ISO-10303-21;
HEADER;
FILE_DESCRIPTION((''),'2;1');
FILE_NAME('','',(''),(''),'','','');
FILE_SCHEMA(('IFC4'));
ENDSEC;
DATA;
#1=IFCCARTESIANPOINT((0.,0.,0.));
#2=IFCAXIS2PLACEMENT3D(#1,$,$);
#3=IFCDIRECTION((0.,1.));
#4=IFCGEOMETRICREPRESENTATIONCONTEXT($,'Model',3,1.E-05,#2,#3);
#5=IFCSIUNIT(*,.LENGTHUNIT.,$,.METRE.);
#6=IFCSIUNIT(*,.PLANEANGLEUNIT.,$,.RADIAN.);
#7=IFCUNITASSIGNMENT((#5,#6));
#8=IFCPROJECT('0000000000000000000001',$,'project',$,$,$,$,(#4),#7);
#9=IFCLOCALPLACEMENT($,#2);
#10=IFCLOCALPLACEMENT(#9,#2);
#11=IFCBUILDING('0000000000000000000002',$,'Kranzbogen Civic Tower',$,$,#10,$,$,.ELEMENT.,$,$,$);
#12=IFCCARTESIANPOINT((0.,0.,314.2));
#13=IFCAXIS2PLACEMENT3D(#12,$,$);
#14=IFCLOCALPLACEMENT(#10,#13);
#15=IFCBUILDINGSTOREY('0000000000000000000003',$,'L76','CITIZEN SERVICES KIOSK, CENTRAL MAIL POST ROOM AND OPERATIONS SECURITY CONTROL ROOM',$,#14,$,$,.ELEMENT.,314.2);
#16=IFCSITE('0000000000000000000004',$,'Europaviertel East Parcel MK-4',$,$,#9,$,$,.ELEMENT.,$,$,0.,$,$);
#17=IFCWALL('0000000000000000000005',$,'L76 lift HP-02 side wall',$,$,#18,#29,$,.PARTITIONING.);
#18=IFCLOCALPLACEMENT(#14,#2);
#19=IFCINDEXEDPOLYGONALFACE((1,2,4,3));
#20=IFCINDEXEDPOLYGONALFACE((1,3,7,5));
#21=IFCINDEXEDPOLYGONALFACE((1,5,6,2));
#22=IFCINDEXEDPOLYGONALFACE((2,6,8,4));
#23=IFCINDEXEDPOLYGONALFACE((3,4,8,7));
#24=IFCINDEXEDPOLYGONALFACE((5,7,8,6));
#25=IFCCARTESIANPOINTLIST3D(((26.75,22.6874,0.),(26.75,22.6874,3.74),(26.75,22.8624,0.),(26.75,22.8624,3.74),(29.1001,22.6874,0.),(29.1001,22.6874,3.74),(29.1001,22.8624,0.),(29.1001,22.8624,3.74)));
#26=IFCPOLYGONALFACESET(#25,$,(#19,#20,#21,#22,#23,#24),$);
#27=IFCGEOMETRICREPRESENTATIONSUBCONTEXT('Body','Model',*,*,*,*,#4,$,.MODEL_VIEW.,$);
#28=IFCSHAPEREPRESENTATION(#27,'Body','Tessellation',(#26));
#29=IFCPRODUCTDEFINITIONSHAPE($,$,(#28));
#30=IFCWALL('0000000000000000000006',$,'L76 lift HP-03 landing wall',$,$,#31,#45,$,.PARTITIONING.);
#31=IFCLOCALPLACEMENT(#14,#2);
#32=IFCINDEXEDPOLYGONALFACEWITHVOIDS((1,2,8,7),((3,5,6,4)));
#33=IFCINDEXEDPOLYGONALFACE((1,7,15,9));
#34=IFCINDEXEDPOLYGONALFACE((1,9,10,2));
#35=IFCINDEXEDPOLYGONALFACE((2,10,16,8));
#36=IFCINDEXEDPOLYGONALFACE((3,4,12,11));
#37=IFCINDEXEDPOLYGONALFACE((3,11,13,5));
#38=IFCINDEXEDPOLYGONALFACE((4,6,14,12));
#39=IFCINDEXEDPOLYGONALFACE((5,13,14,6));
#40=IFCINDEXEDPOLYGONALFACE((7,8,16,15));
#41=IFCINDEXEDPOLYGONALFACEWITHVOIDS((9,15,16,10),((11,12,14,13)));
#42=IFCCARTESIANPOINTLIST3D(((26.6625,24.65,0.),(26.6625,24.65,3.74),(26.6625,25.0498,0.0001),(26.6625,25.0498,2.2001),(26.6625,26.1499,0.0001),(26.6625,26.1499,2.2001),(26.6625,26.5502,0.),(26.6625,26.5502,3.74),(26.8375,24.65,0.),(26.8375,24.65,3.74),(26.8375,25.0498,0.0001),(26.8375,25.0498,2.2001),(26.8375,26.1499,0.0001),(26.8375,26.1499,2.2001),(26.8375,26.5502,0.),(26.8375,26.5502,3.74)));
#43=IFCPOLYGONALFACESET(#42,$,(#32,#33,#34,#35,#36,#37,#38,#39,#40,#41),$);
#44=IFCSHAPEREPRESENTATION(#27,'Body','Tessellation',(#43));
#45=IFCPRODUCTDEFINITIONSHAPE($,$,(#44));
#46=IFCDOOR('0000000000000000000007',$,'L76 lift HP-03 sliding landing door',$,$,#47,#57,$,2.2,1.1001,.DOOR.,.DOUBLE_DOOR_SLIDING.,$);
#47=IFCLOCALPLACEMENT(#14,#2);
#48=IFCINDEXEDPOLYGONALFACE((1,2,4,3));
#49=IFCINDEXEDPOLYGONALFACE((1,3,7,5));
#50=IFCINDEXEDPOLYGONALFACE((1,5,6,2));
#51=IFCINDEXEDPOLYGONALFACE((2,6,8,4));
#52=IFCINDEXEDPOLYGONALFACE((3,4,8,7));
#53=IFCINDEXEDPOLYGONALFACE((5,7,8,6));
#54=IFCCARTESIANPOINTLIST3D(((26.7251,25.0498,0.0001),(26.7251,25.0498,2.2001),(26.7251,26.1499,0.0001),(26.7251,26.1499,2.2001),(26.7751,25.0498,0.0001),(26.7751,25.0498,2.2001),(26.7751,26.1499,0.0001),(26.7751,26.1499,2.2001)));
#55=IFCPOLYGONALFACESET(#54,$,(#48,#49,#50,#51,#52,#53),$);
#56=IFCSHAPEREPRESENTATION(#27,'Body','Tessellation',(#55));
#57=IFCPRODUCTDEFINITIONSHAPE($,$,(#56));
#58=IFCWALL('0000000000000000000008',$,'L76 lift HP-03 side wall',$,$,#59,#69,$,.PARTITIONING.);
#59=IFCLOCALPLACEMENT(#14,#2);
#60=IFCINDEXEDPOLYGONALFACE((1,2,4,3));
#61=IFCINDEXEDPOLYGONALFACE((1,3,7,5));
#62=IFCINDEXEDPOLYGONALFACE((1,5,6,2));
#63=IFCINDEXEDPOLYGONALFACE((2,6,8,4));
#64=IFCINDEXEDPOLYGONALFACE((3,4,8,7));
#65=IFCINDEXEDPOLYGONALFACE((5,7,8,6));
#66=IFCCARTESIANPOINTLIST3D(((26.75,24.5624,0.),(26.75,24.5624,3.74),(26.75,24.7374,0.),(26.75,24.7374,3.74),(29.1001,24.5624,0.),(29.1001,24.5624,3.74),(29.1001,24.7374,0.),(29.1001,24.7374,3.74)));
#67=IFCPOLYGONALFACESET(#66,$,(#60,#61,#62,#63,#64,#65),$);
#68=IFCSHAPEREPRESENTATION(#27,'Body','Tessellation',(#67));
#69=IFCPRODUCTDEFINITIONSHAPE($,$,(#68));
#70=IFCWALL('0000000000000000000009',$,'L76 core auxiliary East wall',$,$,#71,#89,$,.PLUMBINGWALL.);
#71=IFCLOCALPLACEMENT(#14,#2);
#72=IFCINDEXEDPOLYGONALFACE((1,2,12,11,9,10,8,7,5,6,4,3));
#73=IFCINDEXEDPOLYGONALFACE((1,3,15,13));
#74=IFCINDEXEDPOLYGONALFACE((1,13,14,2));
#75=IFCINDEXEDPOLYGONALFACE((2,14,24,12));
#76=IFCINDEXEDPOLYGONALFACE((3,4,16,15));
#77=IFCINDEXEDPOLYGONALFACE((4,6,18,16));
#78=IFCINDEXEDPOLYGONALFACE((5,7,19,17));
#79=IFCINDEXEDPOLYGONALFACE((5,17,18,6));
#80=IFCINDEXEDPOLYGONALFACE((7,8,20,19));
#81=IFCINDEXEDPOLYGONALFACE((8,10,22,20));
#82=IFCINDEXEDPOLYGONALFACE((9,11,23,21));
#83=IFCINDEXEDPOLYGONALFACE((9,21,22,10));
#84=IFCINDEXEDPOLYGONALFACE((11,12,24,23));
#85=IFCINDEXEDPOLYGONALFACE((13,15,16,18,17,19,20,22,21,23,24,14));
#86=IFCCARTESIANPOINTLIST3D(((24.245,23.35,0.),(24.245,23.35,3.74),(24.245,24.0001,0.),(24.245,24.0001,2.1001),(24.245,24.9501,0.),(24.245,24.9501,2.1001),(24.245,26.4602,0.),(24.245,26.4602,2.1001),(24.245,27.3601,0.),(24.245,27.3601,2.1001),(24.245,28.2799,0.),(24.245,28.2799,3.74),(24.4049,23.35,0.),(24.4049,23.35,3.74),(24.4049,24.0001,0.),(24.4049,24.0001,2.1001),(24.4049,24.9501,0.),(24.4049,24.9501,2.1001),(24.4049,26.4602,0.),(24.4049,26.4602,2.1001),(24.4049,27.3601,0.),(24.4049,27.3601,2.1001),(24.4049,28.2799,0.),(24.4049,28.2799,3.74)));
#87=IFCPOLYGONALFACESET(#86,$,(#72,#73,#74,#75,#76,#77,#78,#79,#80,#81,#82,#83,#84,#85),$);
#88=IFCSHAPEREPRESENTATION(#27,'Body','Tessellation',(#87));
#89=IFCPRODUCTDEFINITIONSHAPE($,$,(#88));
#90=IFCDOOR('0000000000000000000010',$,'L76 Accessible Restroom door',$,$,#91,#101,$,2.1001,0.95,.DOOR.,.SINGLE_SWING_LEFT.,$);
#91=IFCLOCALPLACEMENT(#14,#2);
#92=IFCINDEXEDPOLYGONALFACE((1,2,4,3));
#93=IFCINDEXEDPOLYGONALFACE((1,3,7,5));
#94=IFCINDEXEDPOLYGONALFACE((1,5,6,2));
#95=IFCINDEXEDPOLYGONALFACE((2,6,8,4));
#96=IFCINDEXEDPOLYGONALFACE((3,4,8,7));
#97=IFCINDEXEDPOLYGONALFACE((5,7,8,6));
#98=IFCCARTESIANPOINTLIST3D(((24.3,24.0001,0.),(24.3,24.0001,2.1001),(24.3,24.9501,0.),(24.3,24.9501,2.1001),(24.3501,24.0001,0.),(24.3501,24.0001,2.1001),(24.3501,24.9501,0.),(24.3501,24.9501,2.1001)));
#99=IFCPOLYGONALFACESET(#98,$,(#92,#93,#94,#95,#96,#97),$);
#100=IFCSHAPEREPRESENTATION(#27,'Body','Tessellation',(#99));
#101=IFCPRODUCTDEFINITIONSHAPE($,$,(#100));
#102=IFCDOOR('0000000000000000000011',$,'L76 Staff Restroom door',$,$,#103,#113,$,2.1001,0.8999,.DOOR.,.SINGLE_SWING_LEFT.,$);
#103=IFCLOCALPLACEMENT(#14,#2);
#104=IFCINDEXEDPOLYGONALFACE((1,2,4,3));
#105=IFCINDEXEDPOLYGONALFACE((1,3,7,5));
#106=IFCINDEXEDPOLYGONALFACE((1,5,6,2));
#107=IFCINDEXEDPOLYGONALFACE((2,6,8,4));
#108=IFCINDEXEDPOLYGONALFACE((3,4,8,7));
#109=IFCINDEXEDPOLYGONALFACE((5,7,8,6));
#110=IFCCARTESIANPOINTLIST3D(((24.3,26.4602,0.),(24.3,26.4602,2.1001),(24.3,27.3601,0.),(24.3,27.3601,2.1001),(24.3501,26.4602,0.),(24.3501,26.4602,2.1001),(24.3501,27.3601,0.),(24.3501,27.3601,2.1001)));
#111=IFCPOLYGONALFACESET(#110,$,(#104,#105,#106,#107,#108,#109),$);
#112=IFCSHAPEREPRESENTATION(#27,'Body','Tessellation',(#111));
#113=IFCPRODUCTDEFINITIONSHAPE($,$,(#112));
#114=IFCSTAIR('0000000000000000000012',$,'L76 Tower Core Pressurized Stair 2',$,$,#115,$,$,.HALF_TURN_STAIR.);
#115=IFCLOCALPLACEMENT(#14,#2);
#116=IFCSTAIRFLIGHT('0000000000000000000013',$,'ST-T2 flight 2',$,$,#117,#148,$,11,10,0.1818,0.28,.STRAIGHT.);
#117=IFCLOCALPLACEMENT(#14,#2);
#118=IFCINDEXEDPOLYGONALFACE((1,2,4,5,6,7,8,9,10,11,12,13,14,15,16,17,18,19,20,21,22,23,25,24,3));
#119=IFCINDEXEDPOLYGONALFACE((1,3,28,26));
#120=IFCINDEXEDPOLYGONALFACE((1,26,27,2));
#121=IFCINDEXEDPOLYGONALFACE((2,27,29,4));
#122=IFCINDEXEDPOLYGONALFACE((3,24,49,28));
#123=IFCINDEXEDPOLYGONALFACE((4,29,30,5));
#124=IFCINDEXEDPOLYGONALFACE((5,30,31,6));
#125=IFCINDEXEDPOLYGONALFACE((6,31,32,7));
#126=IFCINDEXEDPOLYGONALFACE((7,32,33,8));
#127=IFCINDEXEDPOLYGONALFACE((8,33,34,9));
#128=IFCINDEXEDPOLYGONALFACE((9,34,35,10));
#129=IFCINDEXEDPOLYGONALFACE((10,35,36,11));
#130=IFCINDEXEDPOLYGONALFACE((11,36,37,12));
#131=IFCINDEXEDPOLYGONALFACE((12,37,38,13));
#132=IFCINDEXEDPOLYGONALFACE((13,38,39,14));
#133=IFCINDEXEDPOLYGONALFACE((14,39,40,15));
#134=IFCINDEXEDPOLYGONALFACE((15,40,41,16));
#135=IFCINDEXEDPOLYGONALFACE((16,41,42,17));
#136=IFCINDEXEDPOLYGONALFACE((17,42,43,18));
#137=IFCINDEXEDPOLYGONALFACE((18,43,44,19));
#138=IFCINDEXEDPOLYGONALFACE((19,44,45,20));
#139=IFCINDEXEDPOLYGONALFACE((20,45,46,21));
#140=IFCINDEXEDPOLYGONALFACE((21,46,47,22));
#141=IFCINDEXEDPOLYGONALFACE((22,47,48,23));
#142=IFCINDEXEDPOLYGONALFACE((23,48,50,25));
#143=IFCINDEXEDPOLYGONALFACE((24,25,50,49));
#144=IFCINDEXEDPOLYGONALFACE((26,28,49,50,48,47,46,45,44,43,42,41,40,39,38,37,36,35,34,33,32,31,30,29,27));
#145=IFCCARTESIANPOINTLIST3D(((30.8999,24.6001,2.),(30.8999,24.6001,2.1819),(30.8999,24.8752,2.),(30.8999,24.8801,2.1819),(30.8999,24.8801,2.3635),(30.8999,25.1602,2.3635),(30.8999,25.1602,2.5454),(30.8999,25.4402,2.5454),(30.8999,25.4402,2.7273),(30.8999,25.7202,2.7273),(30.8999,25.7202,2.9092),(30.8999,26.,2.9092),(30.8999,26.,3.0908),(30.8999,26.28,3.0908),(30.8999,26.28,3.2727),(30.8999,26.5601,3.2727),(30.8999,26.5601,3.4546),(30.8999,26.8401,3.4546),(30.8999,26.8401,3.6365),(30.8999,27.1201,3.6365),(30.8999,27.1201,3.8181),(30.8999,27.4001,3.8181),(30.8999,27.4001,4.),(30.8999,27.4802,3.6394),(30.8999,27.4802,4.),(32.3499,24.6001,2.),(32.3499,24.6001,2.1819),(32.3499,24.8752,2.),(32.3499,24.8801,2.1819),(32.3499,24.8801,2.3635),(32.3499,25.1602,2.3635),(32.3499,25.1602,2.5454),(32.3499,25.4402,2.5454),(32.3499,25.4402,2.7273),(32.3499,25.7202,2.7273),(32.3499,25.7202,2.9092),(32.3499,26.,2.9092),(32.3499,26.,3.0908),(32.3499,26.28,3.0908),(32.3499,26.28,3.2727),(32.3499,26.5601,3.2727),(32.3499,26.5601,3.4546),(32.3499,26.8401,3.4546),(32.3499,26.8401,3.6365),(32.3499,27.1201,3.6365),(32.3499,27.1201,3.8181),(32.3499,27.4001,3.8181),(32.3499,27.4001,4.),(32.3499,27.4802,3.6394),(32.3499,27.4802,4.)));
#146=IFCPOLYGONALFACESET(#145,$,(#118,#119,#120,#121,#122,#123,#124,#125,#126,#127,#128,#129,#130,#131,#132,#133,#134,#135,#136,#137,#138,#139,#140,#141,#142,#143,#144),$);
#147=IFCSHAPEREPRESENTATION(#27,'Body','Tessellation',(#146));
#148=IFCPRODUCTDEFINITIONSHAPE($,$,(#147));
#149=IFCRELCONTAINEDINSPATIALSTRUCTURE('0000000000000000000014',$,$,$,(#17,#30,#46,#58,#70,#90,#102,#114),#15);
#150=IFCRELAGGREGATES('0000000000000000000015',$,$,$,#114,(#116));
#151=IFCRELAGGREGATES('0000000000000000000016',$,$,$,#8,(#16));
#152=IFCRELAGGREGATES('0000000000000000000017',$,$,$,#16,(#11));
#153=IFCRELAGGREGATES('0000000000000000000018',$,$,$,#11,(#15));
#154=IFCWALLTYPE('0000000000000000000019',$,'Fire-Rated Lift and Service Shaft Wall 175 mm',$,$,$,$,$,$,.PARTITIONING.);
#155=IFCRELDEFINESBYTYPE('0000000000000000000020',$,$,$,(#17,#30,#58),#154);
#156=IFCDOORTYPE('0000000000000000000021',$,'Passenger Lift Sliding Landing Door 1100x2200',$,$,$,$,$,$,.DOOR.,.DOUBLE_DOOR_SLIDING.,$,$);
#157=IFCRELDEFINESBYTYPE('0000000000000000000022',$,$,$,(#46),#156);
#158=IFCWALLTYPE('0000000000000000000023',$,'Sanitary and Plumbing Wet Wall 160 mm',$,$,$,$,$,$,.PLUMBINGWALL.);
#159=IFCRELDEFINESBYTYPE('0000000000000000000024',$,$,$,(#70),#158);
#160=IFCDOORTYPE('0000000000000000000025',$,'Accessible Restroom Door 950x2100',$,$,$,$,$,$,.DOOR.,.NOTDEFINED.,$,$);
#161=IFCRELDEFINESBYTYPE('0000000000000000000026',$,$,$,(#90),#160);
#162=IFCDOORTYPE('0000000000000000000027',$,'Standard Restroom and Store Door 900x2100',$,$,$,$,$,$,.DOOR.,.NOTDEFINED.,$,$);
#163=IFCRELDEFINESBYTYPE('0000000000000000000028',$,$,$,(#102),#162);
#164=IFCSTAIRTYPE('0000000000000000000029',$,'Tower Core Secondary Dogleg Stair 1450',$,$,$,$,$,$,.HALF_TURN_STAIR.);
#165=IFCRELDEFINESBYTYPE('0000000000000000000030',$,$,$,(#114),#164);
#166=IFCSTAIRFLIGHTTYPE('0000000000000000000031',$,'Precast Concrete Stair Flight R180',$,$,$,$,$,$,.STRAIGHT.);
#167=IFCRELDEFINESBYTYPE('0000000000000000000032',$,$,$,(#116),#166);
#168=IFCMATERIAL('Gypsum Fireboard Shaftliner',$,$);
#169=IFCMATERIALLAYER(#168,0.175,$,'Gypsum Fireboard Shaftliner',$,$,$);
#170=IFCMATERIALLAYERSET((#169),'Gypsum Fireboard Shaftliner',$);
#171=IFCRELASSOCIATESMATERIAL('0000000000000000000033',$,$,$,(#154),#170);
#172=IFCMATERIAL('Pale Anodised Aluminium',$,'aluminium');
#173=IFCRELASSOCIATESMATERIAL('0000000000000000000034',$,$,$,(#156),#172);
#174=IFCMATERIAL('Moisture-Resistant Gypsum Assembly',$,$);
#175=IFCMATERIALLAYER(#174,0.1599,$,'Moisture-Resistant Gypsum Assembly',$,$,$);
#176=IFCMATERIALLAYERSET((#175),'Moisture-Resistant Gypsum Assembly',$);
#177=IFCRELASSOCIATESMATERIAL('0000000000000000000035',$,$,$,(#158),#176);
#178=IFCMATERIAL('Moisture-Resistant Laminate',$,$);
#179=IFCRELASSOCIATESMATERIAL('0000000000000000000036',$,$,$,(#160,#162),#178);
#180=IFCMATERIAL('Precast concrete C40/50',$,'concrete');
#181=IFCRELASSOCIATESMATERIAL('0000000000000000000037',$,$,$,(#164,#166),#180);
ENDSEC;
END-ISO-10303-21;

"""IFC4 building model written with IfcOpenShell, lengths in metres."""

from ifc_helpers import new_model, si_unit, direction, frame, frame_2d, origin, place, context, subcontext, project, spatial, polyline, rectangle, outline, extrude, material, layer, layer_set, type_object, element, fill, aggregate, save


model = new_model("IFC4")

# Units and contexts
model_context = context("Model", 3, precision=1e-05, world=origin(), true_north=direction((0.0, 1.0)))
body_context = subcontext(model_context, "Body", "Model", "MODEL_VIEW")
ifc_project = project(units=[si_unit("LENGTHUNIT", "METRE"), si_unit("PLANEANGLEUNIT", "RADIAN")], contexts=[model_context])

# Site, building, storey
site_placement = place(None, origin())
site = spatial("IfcSite", under=ifc_project, at=site_placement, Name="Europaviertel East Parcel MK-4", CompositionType="ELEMENT", RefElevation=0.0)
building_placement = place(site_placement, origin())
building = spatial("IfcBuilding", under=site, at=building_placement, Name="Kranzbogen Civic Tower", CompositionType="ELEMENT")
storey_placement = place(building_placement, frame((0.0, 0.0, 314.2)))
storey = spatial("IfcBuildingStorey", under=building, at=storey_placement, Name="L76", Description="CITIZEN SERVICES KIOSK, CENTRAL MAIL POST ROOM AND OPERATIONS SECURITY CONTROL ROOM", CompositionType="ELEMENT", Elevation=314.2)

# Shared definitions
ifc_material_1 = material(Name="Gypsum Fireboard Shaftliner")
ifc_layer_1 = layer(ifc_material_1, 0.175, Name="Gypsum Fireboard Shaftliner")
ifc_layer_set_1 = layer_set([ifc_layer_1], Name="Gypsum Fireboard Shaftliner")
wall_type_1 = type_object("IfcWallType", Name="Fire-Rated Lift and Service Shaft Wall 175 mm", PredefinedType="PARTITIONING", material=ifc_layer_set_1)
ifc_material_2 = material(Name="Pale Anodised Aluminium", Category="aluminium")
door_type_1 = type_object("IfcDoorType", Name="Passenger Lift Sliding Landing Door 1100x2200", OperationType="DOUBLE_DOOR_SLIDING", PredefinedType="DOOR", material=ifc_material_2)

# Wall
wall_1_placement = place(storey_placement, frame((26.75, 22.7749, 0.0), z_axis=(0.0, 0.0, 1.0), x_axis=(1.0, 0.0, 0.0)))
element("IfcWall", 1, at=wall_1_placement, inside=storey, type_object=wall_type_1, Name="L76 lift HP-02 side wall", PredefinedType="PARTITIONING", context=body_context, shape_type="SweptSolid", body=[
    extrude(rectangle(XDim=2.3501, YDim=0.175, at=frame_2d((1.175, 0.0))), origin(), (0.0, 0.0, 1.0), 3.74),
])

# Wall, opening, door
wall_2_placement = place(storey_placement, frame((26.75, 24.6499, 0.0), z_axis=(0.0, 0.0, 1.0), x_axis=(0.0, 1.0, 0.0)))
wall_2 = element("IfcWall", 2, at=wall_2_placement, inside=storey, type_object=wall_type_1, Name="L76 lift HP-03 landing wall", PredefinedType="PARTITIONING", context=body_context, shape_type="SweptSolid", body=[
    extrude(rectangle(XDim=1.9001, YDim=0.175, at=frame_2d((0.9502, 0.0))), origin(), (0.0, 0.0, 1.0), 3.74),
])
opening_1_placement = place(wall_2_placement, frame((0.3999, 0.0, 0.0)))
opening_1 = element("IfcOpeningElement", 3, at=opening_1_placement, cuts=wall_2, PredefinedType="OPENING", context=body_context, shape_type="SweptSolid", body=[
    extrude(rectangle(XDim=1.1001, YDim=2.2, at=frame_2d((0.55, 1.1001))), frame((0.0, 0.0977, 0.0), z_axis=(0.0, -1.0, 0.0), x_axis=(1.0, 0.0, 0.0)), (0.0, 0.0, 1.0), 0.1951),
])
door_1_placement = place(opening_1_placement, origin())
door_1 = element("IfcDoor", 4, at=door_1_placement, inside=storey, type_object=door_type_1, Name="L76 lift HP-03 sliding landing door", OperationType="DOUBLE_DOOR_SLIDING", OverallHeight=2.2, OverallWidth=1.1001, PredefinedType="DOOR", context=body_context, shape_type="SweptSolid", body=[
    extrude(rectangle(XDim=1.1001, YDim=2.2, at=frame_2d((0.55, 1.1001))), frame((0.0, 0.0249, 0.0), z_axis=(0.0, -1.0, 0.0), x_axis=(1.0, 0.0, 0.0)), (0.0, 0.0, 1.0), 0.05),
])
fill(opening_1, door_1)

# Wall
wall_3_placement = place(storey_placement, frame((26.75, 24.6499, 0.0), z_axis=(0.0, 0.0, 1.0), x_axis=(1.0, 0.0, 0.0)))
element("IfcWall", 5, at=wall_3_placement, inside=storey, type_object=wall_type_1, Name="L76 lift HP-03 side wall", PredefinedType="PARTITIONING", context=body_context, shape_type="SweptSolid", body=[
    extrude(rectangle(XDim=2.3501, YDim=0.175, at=frame_2d((1.175, 0.0))), origin(), (0.0, 0.0, 1.0), 3.74),
])

# Wall, openings, doors
ifc_material_3 = material(Name="Moisture-Resistant Gypsum Assembly")
ifc_layer_2 = layer(ifc_material_3, 0.1599, Name="Moisture-Resistant Gypsum Assembly")
ifc_layer_set_2 = layer_set([ifc_layer_2], Name="Moisture-Resistant Gypsum Assembly")
wall_type_2 = type_object("IfcWallType", Name="Sanitary and Plumbing Wet Wall 160 mm", PredefinedType="PLUMBINGWALL", material=ifc_layer_set_2)
wall_4_placement = place(storey_placement, frame((24.325, 23.3501, 0.0), z_axis=(0.0, 0.0, 1.0), x_axis=(0.0, 1.0, 0.0)))
wall_4 = element("IfcWall", 6, at=wall_4_placement, inside=storey, type_object=wall_type_2, Name="L76 core auxiliary East wall", PredefinedType="PLUMBINGWALL", context=body_context, shape_type="SweptSolid", body=[
    extrude(rectangle(XDim=4.9299, YDim=0.1599, at=frame_2d((2.4648, 0.0))), origin(), (0.0, 0.0, 1.0), 3.74),
])
opening_2_placement = place(wall_4_placement, frame((0.6499, 0.0, 0.0)))
opening_2 = element("IfcOpeningElement", 7, at=opening_2_placement, cuts=wall_4, PredefinedType="OPENING", context=body_context, shape_type="SweptSolid", body=[
    extrude(rectangle(XDim=0.95, YDim=2.1001, at=frame_2d((0.4751, 1.05))), frame((0.0, 0.0898, 0.0), z_axis=(0.0, -1.0, 0.0), x_axis=(1.0, 0.0, 0.0)), (0.0, 0.0, 1.0), 0.1799),
])
opening_3_placement = place(wall_4_placement, frame((3.1101, 0.0, 0.0)))
opening_3 = element("IfcOpeningElement", 8, at=opening_3_placement, cuts=wall_4, PredefinedType="OPENING", context=body_context, shape_type="SweptSolid", body=[
    extrude(rectangle(XDim=0.8999, YDim=2.1001, at=frame_2d((0.45, 1.05))), frame((0.0, 0.0898, 0.0), z_axis=(0.0, -1.0, 0.0), x_axis=(1.0, 0.0, 0.0)), (0.0, 0.0, 1.0), 0.1799),
])
ifc_material_4 = material(Name="Moisture-Resistant Laminate")
door_type_2 = type_object("IfcDoorType", Name="Accessible Restroom Door 950x2100", OperationType="NOTDEFINED", PredefinedType="DOOR", material=ifc_material_4)
door_2_placement = place(opening_2_placement, origin())
door_2 = element("IfcDoor", 9, at=door_2_placement, inside=storey, type_object=door_type_2, Name="L76 Accessible Restroom door", OperationType="SINGLE_SWING_LEFT", OverallHeight=2.1001, OverallWidth=0.95, PredefinedType="DOOR", context=body_context, shape_type="SweptSolid", body=[
    extrude(rectangle(XDim=0.95, YDim=2.1001, at=frame_2d((0.4751, 1.05))), frame((0.0, 0.0249, 0.0), z_axis=(0.0, -1.0, 0.0), x_axis=(1.0, 0.0, 0.0)), (0.0, 0.0, 1.0), 0.05),
])
fill(opening_2, door_2)
door_type_3 = type_object("IfcDoorType", Name="Standard Restroom and Store Door 900x2100", OperationType="NOTDEFINED", PredefinedType="DOOR", material=ifc_material_4)
door_3_placement = place(opening_3_placement, origin())
door_3 = element("IfcDoor", 10, at=door_3_placement, inside=storey, type_object=door_type_3, Name="L76 Staff Restroom door", OperationType="SINGLE_SWING_LEFT", OverallHeight=2.1001, OverallWidth=0.8999, PredefinedType="DOOR", context=body_context, shape_type="SweptSolid", body=[
    extrude(rectangle(XDim=0.8999, YDim=2.1001, at=frame_2d((0.45, 1.05))), frame((0.0, 0.0249, 0.0), z_axis=(0.0, -1.0, 0.0), x_axis=(1.0, 0.0, 0.0)), (0.0, 0.0, 1.0), 0.05),
])
fill(opening_3, door_3)

# Stair, stair flight
ifc_material_5 = material(Name="Precast concrete C40/50", Category="concrete")
stair_type = type_object("IfcStairType", Name="Tower Core Secondary Dogleg Stair 1450", PredefinedType="HALF_TURN_STAIR", material=ifc_material_5)
stair_placement = place(storey_placement, origin())
stair = element("IfcStair", 11, at=stair_placement, inside=storey, type_object=stair_type, Name="L76 Tower Core Pressurized Stair 2", PredefinedType="HALF_TURN_STAIR")
stair_flight_type = type_object("IfcStairFlightType", Name="Precast Concrete Stair Flight R180", PredefinedType="STRAIGHT", material=ifc_material_5)
stair_flight_placement = place(storey_placement, frame((31.625, 24.6001, 2.0), z_axis=(0.0, 0.0, 1.0), x_axis=(0.0, 1.0, 0.0)))
stair_flight = element("IfcStairFlight", 12, at=stair_flight_placement, type_object=stair_flight_type, Name="ST-T2 flight 2", NumberOfRisers=11, NumberOfTreads=10, PredefinedType="STRAIGHT", RiserHeight=0.1818, TreadLength=0.28, context=body_context, shape_type="SweptSolid", body=[
    extrude(outline(polyline([(0.0, 0.0), (0.0, 0.1819), (0.28, 0.1819), (0.28, 0.3635), (0.5601, 0.3635), (0.5601, 0.5454), (0.8401, 0.5454), (0.8401, 0.7273), (1.1201, 0.7273), (1.1201, 0.9092), (1.3999, 0.9092), (1.3999, 1.0908), (1.6799, 1.0908), (1.6799, 1.2727), (1.96, 1.2727), (1.96, 1.4546), (2.24, 1.4546), (2.24, 1.6365), (2.52, 1.6365), (2.52, 1.8181), (2.8, 1.8181), (2.8, 2.0), (2.8801, 2.0), (2.8801, 1.6394), (0.2751, 0.0), (0.0, 0.0)])), frame((0.0, 0.7251, 0.0), z_axis=(0.0, -1.0, 0.0), x_axis=(1.0, 0.0, 0.0)), (0.0, 0.0, 1.0), 1.45),
])
aggregate(stair, [stair_flight])

save(model, "model.ifc")
